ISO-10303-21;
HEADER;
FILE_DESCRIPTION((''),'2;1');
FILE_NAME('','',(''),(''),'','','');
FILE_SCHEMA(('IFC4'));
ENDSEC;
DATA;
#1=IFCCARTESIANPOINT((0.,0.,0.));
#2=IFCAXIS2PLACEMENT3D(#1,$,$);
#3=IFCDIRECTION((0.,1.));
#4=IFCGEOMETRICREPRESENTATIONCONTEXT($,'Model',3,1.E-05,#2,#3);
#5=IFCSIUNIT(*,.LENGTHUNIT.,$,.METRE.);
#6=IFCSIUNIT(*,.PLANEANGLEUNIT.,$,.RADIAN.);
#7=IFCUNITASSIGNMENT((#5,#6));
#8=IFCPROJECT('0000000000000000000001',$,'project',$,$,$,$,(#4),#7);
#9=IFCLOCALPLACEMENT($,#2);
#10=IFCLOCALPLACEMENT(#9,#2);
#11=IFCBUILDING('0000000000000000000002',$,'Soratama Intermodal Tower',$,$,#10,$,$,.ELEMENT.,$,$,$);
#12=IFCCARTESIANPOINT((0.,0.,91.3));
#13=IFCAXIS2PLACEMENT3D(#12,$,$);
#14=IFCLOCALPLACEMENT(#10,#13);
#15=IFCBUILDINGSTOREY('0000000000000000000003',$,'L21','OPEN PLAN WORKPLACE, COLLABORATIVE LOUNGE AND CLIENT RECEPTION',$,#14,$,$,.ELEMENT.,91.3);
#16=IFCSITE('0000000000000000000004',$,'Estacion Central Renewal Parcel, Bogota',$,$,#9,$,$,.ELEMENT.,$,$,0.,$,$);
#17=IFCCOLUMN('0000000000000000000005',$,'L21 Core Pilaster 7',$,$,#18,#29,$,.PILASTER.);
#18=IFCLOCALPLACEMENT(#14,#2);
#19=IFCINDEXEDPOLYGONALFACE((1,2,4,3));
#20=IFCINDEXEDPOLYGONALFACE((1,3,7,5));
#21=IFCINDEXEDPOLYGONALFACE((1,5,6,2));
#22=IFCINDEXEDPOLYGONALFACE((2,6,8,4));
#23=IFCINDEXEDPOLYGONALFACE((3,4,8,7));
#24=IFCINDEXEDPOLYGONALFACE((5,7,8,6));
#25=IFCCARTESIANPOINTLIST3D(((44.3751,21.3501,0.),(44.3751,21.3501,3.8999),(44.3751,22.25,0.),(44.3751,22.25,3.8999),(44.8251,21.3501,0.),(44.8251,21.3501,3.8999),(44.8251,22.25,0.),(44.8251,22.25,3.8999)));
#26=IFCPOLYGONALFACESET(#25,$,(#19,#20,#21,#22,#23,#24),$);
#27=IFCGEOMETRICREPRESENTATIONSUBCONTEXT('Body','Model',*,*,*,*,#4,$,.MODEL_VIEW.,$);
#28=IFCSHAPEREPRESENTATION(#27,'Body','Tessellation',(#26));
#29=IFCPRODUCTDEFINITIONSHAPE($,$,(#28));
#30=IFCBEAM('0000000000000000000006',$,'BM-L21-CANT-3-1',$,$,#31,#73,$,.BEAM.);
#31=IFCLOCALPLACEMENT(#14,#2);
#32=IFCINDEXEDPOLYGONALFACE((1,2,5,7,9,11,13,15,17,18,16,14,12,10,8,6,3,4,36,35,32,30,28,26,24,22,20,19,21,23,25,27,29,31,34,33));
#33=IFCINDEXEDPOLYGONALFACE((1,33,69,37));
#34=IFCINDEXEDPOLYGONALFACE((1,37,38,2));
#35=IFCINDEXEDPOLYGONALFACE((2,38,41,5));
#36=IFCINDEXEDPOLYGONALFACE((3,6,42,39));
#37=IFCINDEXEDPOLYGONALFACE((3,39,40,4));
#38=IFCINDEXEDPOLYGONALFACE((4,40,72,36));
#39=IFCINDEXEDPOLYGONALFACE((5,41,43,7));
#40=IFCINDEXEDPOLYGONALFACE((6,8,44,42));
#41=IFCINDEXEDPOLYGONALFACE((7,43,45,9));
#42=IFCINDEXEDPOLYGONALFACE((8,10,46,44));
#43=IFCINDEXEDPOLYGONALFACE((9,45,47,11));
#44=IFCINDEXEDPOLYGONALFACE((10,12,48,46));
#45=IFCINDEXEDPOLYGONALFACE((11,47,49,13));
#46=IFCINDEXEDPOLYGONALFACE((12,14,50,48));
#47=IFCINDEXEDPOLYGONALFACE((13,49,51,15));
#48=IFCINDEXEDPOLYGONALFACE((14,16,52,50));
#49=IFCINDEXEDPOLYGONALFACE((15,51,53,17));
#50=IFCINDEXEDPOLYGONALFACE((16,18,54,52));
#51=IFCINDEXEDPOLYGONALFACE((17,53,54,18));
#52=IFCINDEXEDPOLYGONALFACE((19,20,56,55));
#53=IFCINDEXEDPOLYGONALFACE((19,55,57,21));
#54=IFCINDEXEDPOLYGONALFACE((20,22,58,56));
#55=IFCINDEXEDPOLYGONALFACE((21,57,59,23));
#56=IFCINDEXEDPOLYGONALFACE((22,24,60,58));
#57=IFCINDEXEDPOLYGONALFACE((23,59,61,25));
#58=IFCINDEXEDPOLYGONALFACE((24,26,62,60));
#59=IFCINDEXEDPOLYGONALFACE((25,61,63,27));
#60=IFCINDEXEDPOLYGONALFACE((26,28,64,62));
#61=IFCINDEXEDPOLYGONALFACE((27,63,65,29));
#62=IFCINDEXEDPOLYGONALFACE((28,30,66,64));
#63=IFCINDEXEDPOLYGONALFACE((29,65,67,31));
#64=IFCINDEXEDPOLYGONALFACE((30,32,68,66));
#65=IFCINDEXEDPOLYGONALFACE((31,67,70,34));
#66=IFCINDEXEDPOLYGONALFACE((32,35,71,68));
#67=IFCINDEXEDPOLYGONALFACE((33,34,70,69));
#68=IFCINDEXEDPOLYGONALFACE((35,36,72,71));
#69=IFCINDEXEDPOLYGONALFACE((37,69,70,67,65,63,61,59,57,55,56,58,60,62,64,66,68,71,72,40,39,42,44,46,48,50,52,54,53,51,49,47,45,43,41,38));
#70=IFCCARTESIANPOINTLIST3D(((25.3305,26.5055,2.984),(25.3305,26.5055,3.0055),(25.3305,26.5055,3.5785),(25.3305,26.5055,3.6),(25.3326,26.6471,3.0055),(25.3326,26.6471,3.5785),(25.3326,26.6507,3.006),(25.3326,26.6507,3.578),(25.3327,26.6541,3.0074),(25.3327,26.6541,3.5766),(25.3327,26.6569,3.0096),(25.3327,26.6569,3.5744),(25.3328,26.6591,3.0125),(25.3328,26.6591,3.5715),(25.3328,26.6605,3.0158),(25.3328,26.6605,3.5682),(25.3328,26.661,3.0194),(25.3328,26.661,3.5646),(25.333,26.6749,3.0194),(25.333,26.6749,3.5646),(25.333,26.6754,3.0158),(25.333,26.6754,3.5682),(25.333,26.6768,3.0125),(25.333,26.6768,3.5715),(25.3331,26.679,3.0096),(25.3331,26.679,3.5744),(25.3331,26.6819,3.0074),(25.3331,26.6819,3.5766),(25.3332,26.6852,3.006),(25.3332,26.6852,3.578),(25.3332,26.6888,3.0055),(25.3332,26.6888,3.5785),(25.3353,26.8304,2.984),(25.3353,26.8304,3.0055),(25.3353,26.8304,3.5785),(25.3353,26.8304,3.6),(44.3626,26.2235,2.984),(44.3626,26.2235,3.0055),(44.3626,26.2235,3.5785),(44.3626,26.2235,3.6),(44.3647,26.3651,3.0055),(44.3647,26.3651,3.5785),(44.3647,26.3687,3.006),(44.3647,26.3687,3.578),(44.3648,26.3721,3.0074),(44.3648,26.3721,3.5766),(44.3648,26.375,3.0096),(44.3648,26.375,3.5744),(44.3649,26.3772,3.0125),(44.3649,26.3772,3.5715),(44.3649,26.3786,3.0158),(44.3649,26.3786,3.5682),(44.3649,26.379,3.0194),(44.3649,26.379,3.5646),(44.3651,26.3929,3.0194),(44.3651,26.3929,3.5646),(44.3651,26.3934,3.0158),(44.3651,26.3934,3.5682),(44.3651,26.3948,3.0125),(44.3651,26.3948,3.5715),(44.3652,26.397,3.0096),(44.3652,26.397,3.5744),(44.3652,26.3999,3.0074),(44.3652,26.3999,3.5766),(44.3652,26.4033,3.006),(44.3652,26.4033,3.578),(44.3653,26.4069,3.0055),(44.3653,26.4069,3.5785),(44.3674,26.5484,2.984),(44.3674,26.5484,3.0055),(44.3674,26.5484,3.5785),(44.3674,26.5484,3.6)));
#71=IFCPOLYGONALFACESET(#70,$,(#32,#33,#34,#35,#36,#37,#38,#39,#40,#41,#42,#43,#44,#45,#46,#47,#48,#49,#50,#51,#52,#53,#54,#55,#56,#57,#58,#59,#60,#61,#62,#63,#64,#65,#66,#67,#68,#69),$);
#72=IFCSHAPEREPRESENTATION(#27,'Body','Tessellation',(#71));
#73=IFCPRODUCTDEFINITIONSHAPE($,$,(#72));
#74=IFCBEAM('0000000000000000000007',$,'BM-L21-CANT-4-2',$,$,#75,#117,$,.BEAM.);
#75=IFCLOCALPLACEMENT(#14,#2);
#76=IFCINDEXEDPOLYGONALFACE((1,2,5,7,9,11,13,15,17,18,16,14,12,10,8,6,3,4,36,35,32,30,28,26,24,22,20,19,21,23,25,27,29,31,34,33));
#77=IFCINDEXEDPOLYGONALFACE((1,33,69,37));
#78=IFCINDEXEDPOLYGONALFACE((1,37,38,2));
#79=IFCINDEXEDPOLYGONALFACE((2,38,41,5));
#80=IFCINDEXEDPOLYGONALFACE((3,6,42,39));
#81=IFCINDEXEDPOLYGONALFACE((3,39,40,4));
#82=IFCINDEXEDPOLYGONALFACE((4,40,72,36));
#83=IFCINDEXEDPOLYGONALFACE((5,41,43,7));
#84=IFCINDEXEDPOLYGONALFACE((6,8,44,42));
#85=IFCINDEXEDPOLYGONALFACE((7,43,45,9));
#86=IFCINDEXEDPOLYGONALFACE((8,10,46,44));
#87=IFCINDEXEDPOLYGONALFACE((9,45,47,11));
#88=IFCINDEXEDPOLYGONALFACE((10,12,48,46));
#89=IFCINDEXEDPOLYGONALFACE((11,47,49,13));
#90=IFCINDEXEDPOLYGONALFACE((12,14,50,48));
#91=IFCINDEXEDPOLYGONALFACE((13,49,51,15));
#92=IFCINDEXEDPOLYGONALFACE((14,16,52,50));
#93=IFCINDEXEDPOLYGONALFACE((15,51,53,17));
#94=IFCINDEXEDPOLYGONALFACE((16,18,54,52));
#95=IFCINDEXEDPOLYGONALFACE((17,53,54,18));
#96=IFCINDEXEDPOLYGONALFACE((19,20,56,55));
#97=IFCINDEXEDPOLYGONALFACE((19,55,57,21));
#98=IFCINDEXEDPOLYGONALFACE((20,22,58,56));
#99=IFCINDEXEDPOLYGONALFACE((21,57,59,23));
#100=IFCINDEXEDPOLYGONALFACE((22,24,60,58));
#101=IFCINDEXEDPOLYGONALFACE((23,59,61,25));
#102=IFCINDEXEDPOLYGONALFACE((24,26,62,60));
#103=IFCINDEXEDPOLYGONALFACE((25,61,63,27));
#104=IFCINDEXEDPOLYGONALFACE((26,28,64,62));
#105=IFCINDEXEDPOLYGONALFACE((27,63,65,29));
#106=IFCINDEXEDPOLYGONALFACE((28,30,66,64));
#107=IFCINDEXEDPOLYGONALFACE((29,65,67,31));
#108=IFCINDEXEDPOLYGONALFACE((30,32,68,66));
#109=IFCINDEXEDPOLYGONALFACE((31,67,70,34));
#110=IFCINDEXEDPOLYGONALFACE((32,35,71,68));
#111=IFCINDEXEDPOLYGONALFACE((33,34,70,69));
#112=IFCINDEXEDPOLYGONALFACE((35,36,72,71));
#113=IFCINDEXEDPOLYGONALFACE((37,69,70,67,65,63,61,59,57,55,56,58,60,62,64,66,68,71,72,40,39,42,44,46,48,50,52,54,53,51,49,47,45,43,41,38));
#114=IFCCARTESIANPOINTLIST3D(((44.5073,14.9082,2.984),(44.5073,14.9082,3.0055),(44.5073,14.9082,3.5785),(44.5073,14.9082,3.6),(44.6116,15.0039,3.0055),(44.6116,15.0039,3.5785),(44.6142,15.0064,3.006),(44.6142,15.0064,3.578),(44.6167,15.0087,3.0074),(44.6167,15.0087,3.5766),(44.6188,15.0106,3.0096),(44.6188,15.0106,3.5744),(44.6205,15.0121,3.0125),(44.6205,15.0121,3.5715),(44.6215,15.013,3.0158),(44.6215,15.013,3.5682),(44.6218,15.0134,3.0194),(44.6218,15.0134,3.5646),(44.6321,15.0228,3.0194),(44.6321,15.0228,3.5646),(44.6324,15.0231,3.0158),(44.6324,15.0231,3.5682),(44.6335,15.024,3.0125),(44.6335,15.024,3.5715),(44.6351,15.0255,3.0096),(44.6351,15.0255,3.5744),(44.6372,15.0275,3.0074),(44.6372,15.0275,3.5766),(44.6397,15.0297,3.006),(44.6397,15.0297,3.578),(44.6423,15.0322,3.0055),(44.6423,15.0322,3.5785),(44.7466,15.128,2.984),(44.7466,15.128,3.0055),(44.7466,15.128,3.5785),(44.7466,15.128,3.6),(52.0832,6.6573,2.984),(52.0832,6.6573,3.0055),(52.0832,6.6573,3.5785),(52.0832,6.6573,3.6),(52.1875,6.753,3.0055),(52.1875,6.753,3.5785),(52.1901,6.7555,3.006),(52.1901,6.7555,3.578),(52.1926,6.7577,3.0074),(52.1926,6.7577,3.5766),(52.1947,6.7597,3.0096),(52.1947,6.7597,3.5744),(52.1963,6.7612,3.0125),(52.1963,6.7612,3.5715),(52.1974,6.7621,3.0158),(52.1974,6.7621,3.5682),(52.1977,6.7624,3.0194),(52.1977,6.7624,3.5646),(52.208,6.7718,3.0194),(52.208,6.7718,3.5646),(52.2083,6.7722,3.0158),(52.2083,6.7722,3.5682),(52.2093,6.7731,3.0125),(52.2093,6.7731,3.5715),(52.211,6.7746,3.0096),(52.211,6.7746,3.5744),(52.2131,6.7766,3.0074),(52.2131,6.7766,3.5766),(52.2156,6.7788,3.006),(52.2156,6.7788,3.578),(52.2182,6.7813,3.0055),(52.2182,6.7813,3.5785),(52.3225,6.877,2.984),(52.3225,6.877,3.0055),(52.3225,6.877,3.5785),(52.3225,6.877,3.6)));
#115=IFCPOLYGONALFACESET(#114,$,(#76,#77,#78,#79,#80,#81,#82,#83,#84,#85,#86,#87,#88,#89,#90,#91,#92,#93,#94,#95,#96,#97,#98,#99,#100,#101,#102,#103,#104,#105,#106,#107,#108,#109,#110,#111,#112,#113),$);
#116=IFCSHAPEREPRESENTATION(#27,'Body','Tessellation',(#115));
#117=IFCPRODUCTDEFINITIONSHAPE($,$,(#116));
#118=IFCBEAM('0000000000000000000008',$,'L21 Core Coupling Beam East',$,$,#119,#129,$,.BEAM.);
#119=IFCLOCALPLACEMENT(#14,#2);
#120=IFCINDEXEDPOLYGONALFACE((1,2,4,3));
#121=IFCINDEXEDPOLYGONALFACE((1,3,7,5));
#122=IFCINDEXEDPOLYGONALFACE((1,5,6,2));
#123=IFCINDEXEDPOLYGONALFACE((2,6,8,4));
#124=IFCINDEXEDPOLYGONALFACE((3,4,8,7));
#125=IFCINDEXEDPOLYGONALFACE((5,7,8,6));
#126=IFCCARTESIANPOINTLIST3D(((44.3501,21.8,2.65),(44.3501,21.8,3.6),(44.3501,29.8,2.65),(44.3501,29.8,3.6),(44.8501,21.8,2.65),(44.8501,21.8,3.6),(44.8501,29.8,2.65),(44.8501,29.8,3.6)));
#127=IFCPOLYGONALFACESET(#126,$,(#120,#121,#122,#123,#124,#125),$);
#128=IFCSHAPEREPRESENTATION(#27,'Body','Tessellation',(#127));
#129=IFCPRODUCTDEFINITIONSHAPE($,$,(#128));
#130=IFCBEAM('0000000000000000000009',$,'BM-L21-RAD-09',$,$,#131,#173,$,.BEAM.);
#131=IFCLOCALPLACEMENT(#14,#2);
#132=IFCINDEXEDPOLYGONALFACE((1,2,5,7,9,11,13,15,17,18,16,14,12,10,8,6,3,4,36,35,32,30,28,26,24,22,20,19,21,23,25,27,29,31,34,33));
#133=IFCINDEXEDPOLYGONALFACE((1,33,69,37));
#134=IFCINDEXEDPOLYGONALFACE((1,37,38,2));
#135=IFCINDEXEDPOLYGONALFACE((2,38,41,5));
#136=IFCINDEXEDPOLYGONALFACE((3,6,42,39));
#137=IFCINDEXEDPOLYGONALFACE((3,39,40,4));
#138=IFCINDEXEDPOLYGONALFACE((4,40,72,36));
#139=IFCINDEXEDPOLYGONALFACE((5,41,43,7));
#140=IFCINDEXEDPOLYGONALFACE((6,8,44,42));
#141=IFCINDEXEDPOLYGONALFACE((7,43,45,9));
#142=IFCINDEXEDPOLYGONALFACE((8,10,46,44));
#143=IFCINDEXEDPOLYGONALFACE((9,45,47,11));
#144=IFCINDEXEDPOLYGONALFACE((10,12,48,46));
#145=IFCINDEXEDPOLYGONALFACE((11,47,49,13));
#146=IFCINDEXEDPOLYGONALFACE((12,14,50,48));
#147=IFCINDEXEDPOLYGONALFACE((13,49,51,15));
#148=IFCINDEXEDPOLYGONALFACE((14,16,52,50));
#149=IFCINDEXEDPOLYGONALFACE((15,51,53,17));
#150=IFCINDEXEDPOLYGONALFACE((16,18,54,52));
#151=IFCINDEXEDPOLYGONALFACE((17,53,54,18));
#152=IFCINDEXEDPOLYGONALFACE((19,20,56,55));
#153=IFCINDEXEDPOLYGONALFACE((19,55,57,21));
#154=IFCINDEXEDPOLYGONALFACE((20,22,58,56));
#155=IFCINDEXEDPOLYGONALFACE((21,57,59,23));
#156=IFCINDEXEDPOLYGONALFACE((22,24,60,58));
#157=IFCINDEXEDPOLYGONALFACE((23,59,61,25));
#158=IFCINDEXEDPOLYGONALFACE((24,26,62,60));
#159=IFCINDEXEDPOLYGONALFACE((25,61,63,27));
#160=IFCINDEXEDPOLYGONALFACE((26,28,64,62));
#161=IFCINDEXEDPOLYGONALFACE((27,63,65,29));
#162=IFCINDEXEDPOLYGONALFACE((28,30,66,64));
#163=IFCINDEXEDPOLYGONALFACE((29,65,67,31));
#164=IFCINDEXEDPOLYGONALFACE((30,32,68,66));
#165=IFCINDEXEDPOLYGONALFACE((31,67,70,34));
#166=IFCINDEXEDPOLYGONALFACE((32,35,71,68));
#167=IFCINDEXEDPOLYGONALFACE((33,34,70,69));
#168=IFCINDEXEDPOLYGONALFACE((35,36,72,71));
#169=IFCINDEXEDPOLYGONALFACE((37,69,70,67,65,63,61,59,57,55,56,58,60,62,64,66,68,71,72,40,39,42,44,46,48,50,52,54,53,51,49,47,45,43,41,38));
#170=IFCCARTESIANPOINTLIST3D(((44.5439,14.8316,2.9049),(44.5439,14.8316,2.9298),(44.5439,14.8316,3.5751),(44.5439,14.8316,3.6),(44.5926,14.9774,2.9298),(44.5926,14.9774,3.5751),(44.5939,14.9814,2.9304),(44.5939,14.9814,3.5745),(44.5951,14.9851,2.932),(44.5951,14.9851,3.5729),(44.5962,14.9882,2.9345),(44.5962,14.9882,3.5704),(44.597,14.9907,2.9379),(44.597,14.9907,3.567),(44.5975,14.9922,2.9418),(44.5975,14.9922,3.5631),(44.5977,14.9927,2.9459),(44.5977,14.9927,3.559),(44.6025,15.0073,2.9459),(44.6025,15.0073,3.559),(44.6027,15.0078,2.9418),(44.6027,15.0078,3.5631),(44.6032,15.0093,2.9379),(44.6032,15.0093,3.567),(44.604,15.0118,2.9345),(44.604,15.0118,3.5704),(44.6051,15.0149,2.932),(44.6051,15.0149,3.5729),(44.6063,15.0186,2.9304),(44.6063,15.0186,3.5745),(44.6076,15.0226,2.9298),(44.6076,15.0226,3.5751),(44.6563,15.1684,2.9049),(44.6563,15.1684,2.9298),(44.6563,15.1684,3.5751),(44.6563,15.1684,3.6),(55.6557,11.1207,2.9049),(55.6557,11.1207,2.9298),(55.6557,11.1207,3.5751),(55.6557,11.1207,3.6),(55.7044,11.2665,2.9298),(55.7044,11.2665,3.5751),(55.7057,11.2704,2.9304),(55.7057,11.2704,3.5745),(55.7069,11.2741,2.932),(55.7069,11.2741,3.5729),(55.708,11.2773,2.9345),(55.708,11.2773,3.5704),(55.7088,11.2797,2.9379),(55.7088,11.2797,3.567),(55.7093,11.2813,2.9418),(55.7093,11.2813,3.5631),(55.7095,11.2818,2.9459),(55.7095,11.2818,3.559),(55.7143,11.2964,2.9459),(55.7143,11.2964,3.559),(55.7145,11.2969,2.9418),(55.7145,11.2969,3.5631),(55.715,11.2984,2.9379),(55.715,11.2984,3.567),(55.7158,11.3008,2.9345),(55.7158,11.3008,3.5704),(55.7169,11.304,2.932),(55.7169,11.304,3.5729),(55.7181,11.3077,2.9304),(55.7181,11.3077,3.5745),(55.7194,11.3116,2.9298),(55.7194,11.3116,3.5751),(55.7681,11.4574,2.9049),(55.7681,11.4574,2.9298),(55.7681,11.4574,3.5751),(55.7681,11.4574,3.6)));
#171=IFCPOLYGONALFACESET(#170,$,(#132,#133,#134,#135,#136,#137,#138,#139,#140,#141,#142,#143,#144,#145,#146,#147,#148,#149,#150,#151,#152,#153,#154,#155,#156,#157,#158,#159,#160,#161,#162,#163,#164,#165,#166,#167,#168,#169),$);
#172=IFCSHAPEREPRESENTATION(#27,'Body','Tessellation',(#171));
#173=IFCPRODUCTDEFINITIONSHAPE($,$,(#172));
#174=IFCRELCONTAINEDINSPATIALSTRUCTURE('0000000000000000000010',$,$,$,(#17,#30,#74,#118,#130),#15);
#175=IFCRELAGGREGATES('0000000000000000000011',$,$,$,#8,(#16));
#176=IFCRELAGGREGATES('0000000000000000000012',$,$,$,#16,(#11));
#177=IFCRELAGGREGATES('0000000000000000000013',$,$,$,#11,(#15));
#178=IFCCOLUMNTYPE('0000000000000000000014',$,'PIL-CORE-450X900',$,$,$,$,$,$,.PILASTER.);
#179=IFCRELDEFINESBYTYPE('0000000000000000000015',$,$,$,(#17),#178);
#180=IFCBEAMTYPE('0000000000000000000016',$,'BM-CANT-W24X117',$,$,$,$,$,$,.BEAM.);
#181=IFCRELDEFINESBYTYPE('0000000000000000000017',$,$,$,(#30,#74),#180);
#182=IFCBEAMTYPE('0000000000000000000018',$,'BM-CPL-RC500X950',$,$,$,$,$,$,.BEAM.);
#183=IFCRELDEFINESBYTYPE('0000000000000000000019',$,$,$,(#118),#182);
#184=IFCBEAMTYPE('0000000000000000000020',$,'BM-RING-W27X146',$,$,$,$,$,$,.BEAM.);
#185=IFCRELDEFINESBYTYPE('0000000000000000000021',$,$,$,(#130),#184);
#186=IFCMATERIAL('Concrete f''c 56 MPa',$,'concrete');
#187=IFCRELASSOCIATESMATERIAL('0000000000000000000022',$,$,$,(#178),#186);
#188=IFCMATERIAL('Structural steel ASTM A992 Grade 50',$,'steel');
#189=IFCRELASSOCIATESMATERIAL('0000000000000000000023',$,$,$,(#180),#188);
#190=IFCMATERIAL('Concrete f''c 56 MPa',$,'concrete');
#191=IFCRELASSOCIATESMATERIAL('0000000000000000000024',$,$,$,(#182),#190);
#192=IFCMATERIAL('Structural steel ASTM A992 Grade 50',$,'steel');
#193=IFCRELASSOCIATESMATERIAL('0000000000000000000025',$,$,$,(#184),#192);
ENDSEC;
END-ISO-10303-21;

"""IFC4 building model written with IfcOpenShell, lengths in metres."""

from ifc_helpers import new_model, si_unit, direction, frame, origin, origin_2d, place, context, subcontext, project, spatial, rectangle, i_section, extrude, material, material_profile, profile_set, type_object, element, save


model = new_model("IFC4")

# Units and contexts
model_context = context("Model", 3, precision=1e-05, world=origin(), true_north=direction((0.0, 1.0)))
body_context = subcontext(model_context, "Body", "Model", "MODEL_VIEW")
ifc_project = project(units=[si_unit("LENGTHUNIT", "METRE"), si_unit("PLANEANGLEUNIT", "RADIAN")], contexts=[model_context])

# Site, building, storey
site_placement = place(None, origin())
site = spatial("IfcSite", under=ifc_project, at=site_placement, Name="Estacion Central Renewal Parcel, Bogota", CompositionType="ELEMENT", RefElevation=0.0)
building_placement = place(site_placement, origin())
building = spatial("IfcBuilding", under=site, at=building_placement, Name="Soratama Intermodal Tower", CompositionType="ELEMENT")
storey_placement = place(building_placement, frame((0.0, 0.0, 91.3)))
storey = spatial("IfcBuildingStorey", under=building, at=storey_placement, Name="L21", Description="OPEN PLAN WORKPLACE, COLLABORATIVE LOUNGE AND CLIENT RECEPTION", CompositionType="ELEMENT", Elevation=91.3)

# Column
ifc_material_1 = material(Name="Concrete f'c 56 MPa", Category="concrete")
ifc_material_profile_1 = material_profile(ifc_material_1, rectangle(XDim=0.45, YDim=0.8999, at=origin_2d()), Name="RC450X900")
ifc_profile_set_1 = profile_set([ifc_material_profile_1], Name="Concrete f'c 56 MPa")
column_type = type_object("IfcColumnType", Name="PIL-CORE-450X900", PredefinedType="PILASTER", material=ifc_profile_set_1)
column_placement = place(storey_placement, frame((44.6001, 21.8, 0.0), z_axis=(0.0, 0.0, 1.0), x_axis=(1.0, 0.0, 0.0)))
element("IfcColumn", 1, at=column_placement, inside=storey, type_object=column_type, Name="L21 Core Pilaster 7", PredefinedType="PILASTER", context=body_context, shape_type="SweptSolid", body=[
    extrude(rectangle(XDim=0.45, YDim=0.8999, at=origin_2d()), origin(), (0.0, 0.0, 1.0), 3.8999),
])

# Beams
ifc_material_2 = material(Name="Structural steel ASTM A992 Grade 50", Category="steel")
ifc_material_profile_2 = material_profile(ifc_material_2, i_section(OverallWidth=0.325, OverallDepth=0.616, WebThickness=0.0139, FlangeThickness=0.0215, FilletRadius=0.0139, at=origin_2d()), Name="W24X117")
ifc_profile_set_2 = profile_set([ifc_material_profile_2], Name="Structural steel ASTM A992 Grade 50")
beam_type_1 = type_object("IfcBeamType", Name="BM-CANT-W24X117", PredefinedType="BEAM", material=ifc_profile_set_2)
beam_1_placement = place(storey_placement, frame((44.365, 26.386, 3.292), z_axis=(-0.99989, 0.014815, 0.0), x_axis=(-0.014815, -0.99989, 0.0)))
element("IfcBeam", 2, at=beam_1_placement, inside=storey, type_object=beam_type_1, Name="BM-L21-CANT-3-1", PredefinedType="BEAM", context=body_context, shape_type="SweptSolid", body=[
    extrude(i_section(OverallWidth=0.325, OverallDepth=0.616, WebThickness=0.0139, FlangeThickness=0.0215, FilletRadius=0.0139, at=origin_2d()), origin(), (0.0, 0.0, 1.0), 19.0342),
])
beam_2_placement = place(storey_placement, frame((44.627, 15.0181, 3.292), z_axis=(0.676332, -0.736597, 0.0), x_axis=(0.736597, 0.676332, 0.0)))
element("IfcBeam", 3, at=beam_2_placement, inside=storey, type_object=beam_type_1, Name="BM-L21-CANT-4-2", PredefinedType="BEAM", context=body_context, shape_type="SweptSolid", body=[
    extrude(i_section(OverallWidth=0.325, OverallDepth=0.616, WebThickness=0.0139, FlangeThickness=0.0215, FilletRadius=0.0139, at=origin_2d()), origin(), (0.0, 0.0, 1.0), 11.2014),
])
ifc_material_3 = material(Name="Concrete f'c 56 MPa", Category="concrete")
ifc_material_profile_3 = material_profile(ifc_material_3, rectangle(XDim=0.5, YDim=0.95, at=origin_2d()), Name="RC500X950")
ifc_profile_set_3 = profile_set([ifc_material_profile_3], Name="Concrete f'c 56 MPa")
beam_type_2 = type_object("IfcBeamType", Name="BM-CPL-RC500X950", PredefinedType="BEAM", material=ifc_profile_set_3)
beam_3_placement = place(storey_placement, frame((44.6001, 21.8, 3.125), z_axis=(0.0, 1.0, 0.0), x_axis=(-1.0, 0.0, 0.0)))
element("IfcBeam", 4, at=beam_3_placement, inside=storey, type_object=beam_type_2, Name="L21 Core Coupling Beam East", PredefinedType="BEAM", context=body_context, shape_type="SweptSolid", body=[
    extrude(rectangle(XDim=0.5, YDim=0.95, at=origin_2d()), origin(), (0.0, 0.0, 1.0), 8.0),
])
ifc_material_4 = material(Name="Structural steel ASTM A992 Grade 50", Category="steel")
ifc_material_profile_4 = material_profile(ifc_material_4, i_section(OverallWidth=0.355, OverallDepth=0.6951, WebThickness=0.0154, FlangeThickness=0.0249, FilletRadius=0.0161, at=origin_2d()), Name="W27X146")
ifc_profile_set_4 = profile_set([ifc_material_profile_4], Name="Structural steel ASTM A992 Grade 50")
beam_type_3 = type_object("IfcBeamType", Name="BM-RING-W27X146", PredefinedType="BEAM", material=ifc_profile_set_4)
beam_4_placement = place(storey_placement, frame((44.6001, 15.0, 3.2524), z_axis=(0.948504, -0.316765, 0.0), x_axis=(0.316765, 0.948504, 0.0)))
element("IfcBeam", 5, at=beam_4_placement, inside=storey, type_object=beam_type_3, Name="BM-L21-RAD-09", PredefinedType="BEAM", context=body_context, shape_type="SweptSolid", body=[
    extrude(i_section(OverallWidth=0.355, OverallDepth=0.6951, WebThickness=0.0154, FlangeThickness=0.0249, FilletRadius=0.0161, at=origin_2d()), origin(), (0.0, 0.0, 1.0), 11.7151),
])

save(model, "model.ifc")
